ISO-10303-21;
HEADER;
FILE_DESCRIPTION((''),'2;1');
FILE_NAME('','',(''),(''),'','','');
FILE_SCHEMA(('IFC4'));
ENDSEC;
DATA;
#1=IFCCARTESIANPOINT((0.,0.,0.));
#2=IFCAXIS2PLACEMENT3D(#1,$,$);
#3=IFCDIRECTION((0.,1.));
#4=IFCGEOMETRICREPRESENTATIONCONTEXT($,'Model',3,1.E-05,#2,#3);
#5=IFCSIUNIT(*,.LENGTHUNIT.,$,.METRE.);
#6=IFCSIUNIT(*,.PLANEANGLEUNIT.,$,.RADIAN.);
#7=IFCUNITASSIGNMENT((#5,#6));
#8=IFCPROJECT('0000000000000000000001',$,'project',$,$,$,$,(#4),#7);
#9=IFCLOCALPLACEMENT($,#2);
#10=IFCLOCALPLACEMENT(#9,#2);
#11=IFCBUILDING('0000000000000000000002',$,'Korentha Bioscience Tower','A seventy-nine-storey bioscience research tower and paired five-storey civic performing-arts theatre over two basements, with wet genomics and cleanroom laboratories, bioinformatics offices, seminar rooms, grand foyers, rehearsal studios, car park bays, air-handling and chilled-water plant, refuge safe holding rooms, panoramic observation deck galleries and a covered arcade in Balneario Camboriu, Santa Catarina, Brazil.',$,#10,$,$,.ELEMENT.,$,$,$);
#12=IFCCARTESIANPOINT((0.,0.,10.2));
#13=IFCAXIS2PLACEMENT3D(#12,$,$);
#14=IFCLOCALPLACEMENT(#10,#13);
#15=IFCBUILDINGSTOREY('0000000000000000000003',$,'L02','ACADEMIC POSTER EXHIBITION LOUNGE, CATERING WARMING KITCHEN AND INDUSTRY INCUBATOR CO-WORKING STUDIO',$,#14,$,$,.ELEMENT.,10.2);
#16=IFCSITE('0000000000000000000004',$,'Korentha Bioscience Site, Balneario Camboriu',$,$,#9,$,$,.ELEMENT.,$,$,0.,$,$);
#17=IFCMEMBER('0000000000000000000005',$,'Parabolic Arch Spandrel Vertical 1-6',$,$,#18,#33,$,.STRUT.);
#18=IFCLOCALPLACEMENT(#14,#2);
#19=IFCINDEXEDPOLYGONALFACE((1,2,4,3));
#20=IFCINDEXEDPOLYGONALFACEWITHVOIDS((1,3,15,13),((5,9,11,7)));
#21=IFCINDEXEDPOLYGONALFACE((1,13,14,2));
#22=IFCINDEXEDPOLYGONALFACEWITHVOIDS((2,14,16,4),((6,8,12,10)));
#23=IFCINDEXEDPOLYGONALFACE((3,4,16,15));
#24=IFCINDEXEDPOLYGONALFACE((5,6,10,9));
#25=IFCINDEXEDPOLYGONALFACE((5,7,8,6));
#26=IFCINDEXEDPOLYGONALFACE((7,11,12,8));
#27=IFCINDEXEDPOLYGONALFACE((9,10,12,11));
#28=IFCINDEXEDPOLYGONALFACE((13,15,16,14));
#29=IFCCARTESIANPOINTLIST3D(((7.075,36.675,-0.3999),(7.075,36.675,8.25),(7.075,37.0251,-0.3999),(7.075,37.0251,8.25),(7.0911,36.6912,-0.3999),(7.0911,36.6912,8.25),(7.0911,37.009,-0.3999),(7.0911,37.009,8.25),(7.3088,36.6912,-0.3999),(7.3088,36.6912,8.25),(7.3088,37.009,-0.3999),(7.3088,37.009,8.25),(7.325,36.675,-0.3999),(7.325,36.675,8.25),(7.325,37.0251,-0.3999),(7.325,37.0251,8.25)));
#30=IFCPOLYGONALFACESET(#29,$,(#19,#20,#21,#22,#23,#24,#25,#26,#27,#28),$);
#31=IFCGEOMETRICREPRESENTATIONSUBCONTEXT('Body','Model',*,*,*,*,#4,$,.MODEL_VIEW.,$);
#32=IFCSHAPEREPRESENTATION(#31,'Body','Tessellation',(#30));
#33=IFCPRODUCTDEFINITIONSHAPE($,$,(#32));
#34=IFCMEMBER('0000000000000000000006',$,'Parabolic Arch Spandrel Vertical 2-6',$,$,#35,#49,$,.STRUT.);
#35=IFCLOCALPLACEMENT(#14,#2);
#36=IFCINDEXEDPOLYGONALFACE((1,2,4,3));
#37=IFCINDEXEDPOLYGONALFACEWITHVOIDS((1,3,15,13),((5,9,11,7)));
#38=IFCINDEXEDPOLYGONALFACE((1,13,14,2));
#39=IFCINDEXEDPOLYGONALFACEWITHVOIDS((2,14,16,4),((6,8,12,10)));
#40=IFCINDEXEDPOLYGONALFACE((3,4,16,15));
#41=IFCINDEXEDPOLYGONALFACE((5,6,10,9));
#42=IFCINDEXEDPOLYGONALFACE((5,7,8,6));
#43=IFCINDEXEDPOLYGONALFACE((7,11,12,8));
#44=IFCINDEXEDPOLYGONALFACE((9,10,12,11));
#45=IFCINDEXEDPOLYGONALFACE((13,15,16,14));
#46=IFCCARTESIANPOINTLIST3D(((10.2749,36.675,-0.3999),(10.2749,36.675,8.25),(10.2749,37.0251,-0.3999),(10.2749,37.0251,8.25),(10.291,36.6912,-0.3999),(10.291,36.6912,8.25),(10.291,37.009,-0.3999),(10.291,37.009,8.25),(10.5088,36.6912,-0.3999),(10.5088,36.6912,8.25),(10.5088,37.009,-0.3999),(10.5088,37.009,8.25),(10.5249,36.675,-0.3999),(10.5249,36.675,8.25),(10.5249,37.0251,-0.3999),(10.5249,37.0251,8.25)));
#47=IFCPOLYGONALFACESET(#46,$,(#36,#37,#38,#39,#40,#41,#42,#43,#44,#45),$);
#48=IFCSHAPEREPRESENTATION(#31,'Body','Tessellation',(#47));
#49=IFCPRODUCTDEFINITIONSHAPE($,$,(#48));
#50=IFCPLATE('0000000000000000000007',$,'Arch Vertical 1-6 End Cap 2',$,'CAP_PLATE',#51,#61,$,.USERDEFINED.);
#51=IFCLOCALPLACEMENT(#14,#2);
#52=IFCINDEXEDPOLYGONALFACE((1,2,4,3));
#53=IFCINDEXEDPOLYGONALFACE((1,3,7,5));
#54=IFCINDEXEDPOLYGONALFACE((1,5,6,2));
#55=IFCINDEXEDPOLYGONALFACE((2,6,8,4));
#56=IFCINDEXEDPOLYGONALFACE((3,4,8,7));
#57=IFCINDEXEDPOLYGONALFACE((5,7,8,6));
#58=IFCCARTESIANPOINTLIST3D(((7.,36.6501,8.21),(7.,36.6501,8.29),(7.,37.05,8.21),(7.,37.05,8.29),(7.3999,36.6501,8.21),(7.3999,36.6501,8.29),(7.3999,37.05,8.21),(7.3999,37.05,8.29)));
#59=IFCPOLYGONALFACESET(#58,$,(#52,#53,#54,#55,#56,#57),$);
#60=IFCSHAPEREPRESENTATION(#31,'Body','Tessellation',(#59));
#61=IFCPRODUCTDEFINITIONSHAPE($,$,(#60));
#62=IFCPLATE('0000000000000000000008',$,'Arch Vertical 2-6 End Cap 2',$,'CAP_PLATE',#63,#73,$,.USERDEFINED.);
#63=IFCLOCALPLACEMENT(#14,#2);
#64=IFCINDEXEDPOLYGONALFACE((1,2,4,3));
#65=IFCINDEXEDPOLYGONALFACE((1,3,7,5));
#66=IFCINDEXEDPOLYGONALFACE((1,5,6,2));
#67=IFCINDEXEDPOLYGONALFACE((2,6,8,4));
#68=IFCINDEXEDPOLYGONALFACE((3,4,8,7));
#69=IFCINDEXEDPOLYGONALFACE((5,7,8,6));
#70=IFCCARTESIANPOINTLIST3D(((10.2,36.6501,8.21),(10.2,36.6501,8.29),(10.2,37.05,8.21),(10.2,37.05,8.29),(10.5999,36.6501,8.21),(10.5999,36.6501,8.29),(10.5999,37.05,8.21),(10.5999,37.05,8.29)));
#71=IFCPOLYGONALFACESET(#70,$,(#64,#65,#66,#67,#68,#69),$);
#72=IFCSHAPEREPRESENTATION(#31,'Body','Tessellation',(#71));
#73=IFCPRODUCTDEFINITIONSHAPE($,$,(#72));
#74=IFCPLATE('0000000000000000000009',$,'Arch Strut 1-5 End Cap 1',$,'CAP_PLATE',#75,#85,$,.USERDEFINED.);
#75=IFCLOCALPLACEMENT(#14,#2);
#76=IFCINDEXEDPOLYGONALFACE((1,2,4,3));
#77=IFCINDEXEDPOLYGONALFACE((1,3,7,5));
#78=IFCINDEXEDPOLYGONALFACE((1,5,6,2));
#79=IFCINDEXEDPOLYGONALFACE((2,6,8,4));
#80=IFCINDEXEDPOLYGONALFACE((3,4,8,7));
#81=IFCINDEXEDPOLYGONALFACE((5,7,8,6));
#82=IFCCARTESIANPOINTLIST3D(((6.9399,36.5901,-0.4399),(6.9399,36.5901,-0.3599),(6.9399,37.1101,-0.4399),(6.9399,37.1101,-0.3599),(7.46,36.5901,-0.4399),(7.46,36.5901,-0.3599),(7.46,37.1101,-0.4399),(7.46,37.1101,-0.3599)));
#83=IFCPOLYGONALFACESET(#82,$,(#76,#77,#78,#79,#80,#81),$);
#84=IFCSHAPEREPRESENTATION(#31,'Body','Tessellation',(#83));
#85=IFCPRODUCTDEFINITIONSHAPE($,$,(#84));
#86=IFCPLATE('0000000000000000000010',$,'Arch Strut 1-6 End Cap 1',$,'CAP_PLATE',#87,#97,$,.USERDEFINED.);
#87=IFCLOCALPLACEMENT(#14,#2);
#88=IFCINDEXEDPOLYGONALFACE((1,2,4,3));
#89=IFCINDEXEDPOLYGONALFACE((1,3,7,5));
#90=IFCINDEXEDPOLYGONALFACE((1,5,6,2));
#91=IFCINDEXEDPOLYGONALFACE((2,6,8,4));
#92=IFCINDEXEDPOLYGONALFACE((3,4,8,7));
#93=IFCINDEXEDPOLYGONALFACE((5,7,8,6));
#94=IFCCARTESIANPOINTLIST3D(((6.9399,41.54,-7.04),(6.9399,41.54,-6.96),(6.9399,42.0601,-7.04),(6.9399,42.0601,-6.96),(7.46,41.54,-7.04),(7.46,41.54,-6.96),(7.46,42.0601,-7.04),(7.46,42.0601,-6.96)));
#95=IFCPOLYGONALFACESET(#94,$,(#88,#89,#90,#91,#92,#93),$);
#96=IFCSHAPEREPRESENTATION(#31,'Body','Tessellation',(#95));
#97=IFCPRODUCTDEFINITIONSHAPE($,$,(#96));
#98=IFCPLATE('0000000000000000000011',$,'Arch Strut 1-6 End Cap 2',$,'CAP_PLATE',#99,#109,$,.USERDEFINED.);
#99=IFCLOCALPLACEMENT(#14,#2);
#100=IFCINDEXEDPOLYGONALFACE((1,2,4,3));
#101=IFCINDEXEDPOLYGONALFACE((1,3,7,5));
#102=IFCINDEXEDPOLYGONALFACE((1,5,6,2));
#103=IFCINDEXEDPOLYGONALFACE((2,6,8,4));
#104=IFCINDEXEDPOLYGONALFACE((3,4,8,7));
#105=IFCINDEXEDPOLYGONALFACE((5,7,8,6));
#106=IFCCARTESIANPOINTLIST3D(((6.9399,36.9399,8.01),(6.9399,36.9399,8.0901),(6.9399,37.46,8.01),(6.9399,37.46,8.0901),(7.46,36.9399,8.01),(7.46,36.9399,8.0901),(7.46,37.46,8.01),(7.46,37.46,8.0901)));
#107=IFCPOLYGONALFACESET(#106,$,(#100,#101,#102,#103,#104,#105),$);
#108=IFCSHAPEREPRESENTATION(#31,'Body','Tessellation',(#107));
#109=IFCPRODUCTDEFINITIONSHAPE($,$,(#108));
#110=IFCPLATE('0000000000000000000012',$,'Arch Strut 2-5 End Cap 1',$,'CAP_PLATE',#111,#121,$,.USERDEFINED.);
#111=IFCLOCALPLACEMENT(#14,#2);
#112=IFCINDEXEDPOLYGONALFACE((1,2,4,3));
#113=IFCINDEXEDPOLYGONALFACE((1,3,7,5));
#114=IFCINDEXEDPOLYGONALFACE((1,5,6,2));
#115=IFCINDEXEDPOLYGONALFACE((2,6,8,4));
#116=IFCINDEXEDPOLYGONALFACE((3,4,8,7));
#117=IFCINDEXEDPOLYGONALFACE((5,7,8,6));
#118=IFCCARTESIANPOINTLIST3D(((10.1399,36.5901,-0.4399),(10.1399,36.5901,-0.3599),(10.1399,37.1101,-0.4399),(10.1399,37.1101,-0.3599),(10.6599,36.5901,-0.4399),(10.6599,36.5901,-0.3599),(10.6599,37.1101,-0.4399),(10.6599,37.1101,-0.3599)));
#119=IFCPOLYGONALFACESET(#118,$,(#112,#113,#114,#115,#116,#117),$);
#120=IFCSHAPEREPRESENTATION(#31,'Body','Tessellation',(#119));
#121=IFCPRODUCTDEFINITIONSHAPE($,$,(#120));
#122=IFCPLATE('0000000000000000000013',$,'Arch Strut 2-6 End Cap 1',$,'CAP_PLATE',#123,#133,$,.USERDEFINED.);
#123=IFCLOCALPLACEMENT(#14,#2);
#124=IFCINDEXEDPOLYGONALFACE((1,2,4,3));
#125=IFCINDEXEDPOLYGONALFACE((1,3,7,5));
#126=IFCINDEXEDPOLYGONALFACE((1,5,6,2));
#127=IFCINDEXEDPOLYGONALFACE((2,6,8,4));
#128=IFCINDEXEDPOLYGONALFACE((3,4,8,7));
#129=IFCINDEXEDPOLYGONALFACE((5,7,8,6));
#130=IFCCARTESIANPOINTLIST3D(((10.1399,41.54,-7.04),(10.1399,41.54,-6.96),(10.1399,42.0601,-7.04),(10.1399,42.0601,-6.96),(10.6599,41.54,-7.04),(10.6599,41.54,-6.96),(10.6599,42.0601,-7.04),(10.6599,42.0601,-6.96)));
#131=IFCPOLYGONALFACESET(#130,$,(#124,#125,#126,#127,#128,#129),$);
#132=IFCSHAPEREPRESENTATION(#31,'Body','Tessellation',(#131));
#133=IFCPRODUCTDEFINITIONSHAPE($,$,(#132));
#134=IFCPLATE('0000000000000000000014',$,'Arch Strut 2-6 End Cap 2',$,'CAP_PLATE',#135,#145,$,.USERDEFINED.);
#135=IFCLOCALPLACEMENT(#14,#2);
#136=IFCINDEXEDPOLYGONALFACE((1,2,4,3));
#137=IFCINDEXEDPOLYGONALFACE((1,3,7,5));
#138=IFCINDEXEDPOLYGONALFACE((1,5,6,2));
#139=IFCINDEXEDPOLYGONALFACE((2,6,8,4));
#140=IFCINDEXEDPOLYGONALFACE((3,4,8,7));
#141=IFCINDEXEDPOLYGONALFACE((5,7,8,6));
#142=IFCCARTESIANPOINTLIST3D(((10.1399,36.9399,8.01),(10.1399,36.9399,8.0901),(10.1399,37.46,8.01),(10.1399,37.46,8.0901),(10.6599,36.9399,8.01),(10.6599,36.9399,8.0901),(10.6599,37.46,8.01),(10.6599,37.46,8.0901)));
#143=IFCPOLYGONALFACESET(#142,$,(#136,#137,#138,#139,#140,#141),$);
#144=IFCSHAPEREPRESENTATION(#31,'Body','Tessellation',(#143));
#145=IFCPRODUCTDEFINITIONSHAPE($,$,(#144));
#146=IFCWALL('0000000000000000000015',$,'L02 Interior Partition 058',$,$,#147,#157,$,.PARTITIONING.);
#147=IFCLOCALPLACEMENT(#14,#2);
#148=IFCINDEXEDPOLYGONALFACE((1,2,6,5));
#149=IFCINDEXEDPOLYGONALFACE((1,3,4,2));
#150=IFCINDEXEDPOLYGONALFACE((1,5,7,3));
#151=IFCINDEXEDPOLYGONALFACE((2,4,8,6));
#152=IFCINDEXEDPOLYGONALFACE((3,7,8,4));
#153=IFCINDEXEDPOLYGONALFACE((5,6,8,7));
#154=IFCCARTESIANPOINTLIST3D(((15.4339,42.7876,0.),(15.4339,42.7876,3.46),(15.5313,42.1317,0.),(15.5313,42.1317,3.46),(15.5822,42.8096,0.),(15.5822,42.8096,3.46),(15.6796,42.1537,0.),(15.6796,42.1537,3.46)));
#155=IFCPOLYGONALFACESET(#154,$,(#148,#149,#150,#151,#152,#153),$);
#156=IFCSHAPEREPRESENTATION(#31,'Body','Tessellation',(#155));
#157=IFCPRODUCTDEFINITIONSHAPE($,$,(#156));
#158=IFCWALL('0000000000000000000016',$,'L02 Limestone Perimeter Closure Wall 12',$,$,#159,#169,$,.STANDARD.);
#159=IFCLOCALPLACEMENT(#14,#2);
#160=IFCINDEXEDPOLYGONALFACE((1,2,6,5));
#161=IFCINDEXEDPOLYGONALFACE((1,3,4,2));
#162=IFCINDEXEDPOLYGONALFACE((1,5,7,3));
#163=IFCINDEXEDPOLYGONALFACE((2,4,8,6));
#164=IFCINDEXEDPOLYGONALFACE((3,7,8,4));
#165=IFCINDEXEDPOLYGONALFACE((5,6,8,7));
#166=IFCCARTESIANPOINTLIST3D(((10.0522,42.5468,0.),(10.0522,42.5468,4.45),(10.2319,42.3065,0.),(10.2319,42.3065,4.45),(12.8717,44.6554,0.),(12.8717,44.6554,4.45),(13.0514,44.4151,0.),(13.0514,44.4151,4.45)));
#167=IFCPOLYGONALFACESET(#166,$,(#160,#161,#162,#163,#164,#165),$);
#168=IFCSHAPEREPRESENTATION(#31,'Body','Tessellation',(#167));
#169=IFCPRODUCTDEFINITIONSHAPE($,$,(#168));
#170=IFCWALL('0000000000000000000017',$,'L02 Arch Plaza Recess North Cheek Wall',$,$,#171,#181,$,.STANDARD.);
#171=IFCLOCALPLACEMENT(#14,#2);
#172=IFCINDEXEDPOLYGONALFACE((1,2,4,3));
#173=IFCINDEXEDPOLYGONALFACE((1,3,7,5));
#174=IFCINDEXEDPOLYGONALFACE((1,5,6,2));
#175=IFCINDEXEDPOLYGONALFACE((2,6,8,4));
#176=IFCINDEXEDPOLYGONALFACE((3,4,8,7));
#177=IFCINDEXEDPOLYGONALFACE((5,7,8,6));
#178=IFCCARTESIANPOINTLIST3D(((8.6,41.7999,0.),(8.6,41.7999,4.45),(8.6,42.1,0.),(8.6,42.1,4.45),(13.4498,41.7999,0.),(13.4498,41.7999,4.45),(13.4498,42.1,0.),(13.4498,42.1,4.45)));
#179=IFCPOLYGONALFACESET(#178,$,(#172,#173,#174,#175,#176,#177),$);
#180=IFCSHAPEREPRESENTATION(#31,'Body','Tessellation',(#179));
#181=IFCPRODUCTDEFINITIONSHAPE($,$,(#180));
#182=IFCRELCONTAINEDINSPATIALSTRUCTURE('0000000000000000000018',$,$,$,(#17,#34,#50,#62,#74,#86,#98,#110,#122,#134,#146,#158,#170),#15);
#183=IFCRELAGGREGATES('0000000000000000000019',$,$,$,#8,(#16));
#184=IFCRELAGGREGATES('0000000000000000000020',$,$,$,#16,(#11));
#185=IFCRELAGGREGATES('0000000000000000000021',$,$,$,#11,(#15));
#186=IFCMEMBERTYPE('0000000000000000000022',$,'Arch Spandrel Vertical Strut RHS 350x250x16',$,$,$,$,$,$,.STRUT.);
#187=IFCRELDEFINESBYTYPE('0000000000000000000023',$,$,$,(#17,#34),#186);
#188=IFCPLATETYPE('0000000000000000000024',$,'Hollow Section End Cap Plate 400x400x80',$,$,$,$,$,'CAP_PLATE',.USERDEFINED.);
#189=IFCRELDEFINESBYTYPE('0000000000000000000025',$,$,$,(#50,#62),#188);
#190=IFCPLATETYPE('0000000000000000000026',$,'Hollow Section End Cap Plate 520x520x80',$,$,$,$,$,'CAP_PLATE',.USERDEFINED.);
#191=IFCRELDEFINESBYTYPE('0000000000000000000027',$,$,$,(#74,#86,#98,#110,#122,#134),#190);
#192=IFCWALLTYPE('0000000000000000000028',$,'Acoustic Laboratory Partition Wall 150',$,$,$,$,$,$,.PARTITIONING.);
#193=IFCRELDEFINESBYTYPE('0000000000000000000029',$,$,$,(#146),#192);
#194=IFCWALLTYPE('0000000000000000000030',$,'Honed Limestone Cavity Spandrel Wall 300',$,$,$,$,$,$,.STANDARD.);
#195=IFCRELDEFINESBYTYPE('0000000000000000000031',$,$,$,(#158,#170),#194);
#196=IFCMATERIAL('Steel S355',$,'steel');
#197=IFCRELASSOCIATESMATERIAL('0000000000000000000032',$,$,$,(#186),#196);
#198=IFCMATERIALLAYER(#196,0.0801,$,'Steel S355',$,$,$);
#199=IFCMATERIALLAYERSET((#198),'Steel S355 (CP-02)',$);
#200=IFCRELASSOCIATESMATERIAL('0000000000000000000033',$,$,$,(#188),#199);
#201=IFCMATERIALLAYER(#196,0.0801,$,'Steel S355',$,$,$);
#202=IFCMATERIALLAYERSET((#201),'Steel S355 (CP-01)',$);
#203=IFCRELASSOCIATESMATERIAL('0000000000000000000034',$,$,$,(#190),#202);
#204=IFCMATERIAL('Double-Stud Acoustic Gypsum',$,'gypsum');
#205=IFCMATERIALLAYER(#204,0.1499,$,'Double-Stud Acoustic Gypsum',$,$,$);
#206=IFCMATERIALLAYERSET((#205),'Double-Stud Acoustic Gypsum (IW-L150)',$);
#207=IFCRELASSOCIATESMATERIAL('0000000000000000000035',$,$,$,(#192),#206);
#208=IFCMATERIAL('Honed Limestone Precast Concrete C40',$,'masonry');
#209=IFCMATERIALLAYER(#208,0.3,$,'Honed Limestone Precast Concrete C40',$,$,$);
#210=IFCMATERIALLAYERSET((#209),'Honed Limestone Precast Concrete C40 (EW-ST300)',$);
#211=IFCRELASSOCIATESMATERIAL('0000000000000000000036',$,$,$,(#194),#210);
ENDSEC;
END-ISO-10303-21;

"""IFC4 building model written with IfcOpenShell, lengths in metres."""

from ifc_helpers import new_model, si_unit, direction, frame, frame_2d, origin, origin_2d, place, context, subcontext, project, spatial, rectangle, hollow_rectangle, extrude, material, layer, layer_set, material_profile, profile_set, type_object, element, save


model = new_model("IFC4")

# Units and contexts
model_context = context("Model", 3, precision=1e-05, world=origin(), true_north=direction((0.0, 1.0)))
body_context = subcontext(model_context, "Body", "Model", "MODEL_VIEW")
ifc_project = project(units=[si_unit("LENGTHUNIT", "METRE"), si_unit("PLANEANGLEUNIT", "RADIAN")], contexts=[model_context])

# Site, building, storey
site_placement = place(None, origin())
site = spatial("IfcSite", under=ifc_project, at=site_placement, Name="Korentha Bioscience Site, Balneario Camboriu", CompositionType="ELEMENT", RefElevation=0.0)
building_placement = place(site_placement, origin())
building = spatial("IfcBuilding", under=site, at=building_placement, Name="Korentha Bioscience Tower", Description="A seventy-nine-storey bioscience research tower and paired five-storey civic performing-arts theatre over two basements, with wet genomics and cleanroom laboratories, bioinformatics offices, seminar rooms, grand foyers, rehearsal studios, car park bays, air-handling and chilled-water plant, refuge safe holding rooms, panoramic observation deck galleries and a covered arcade in Balneario Camboriu, Santa Catarina, Brazil.", CompositionType="ELEMENT")
storey_placement = place(building_placement, frame((0.0, 0.0, 10.2)))
storey = spatial("IfcBuildingStorey", under=building, at=storey_placement, Name="L02", Description="ACADEMIC POSTER EXHIBITION LOUNGE, CATERING WARMING KITCHEN AND INDUSTRY INCUBATOR CO-WORKING STUDIO", CompositionType="ELEMENT", Elevation=10.2)

# Members
ifc_material_1 = material(Name="Steel S355", Category="steel")
ifc_material_profile_1 = material_profile(ifc_material_1, hollow_rectangle(XDim=0.25, YDim=0.3501, WallThickness=0.0161, at=origin_2d()), Name="Steel S355")
ifc_profile_set_1 = profile_set([ifc_material_profile_1], Name="Steel S355 (BT-P350)")
member_type_1 = type_object("IfcMemberType", Name="Arch Spandrel Vertical Strut RHS 350x250x16", PredefinedType="STRUT", material=ifc_profile_set_1)
for number, where, z_axis, x_axis, name in (
    (1, (7.2, 36.8501, -0.3999), (0.0, 0.0, 1.0), (1.0, 0.0, 0.0), "Parabolic Arch Spandrel Vertical 1-6"),
    (2, (10.3999, 36.8501, -0.3999), (0.0, 0.0, 1.0), (1.0, 0.0, 0.0), "Parabolic Arch Spandrel Vertical 2-6"),
):
    element("IfcMember", number, at=place(storey_placement, frame(where, z_axis=z_axis, x_axis=x_axis)), inside=storey, type_object=member_type_1, Name=name, PredefinedType="STRUT", context=body_context, shape_type="SweptSolid", body=[
        extrude(hollow_rectangle(XDim=0.25, YDim=0.3501, WallThickness=0.0161, at=origin_2d()), origin(), (0.0, 0.0, 1.0), 8.6499),
    ])

# Plates
ifc_layer_1 = layer(ifc_material_1, 0.0801, Name="Steel S355")
ifc_layer_set_1 = layer_set([ifc_layer_1], Name="Steel S355 (CP-02)")
plate_type_1 = type_object("IfcPlateType", Name="Hollow Section End Cap Plate 400x400x80", ElementType="CAP_PLATE", PredefinedType="USERDEFINED", material=ifc_layer_set_1)
for number, where, z_axis, x_axis, name in (
    (3, (7.2, 36.8501, 8.21), (0.0, 0.0, 1.0), (1.0, 0.0, 0.0), "Arch Vertical 1-6 End Cap 2"),
    (4, (10.3999, 36.8501, 8.21), (0.0, 0.0, 1.0), (1.0, 0.0, 0.0), "Arch Vertical 2-6 End Cap 2"),
):
    element("IfcPlate", number, at=place(storey_placement, frame(where, z_axis=z_axis, x_axis=x_axis)), inside=storey, type_object=plate_type_1, Name=name, ObjectType="CAP_PLATE", PredefinedType="USERDEFINED", context=body_context, shape_type="SweptSolid", body=[
        extrude(rectangle(XDim=0.3999, YDim=0.3999, at=origin_2d()), origin(), (0.0, 0.0, 1.0), 0.0801),
    ])
ifc_layer_2 = layer(ifc_material_1, 0.0801, Name="Steel S355")
ifc_layer_set_2 = layer_set([ifc_layer_2], Name="Steel S355 (CP-01)")
plate_type_2 = type_object("IfcPlateType", Name="Hollow Section End Cap Plate 520x520x80", ElementType="CAP_PLATE", PredefinedType="USERDEFINED", material=ifc_layer_set_2)
for number, where, z_axis, x_axis, name in (
    (5, (7.2, 36.8501, -0.4399), (0.0, 0.0, 1.0), (0.0, 1.0, 0.0), "Arch Strut 1-5 End Cap 1"),
    (6, (7.2, 41.8, -7.04), (0.0, 0.0, 1.0), (0.0, 1.0, 0.0), "Arch Strut 1-6 End Cap 1"),
    (7, (7.2, 37.2, 8.01), (0.0, 0.0, 1.0), (0.0, 1.0, 0.0), "Arch Strut 1-6 End Cap 2"),
    (8, (10.3999, 36.8501, -0.4399), (0.0, 0.0, 1.0), (0.0, 1.0, 0.0), "Arch Strut 2-5 End Cap 1"),
    (9, (10.3999, 41.8, -7.04), (0.0, 0.0, 1.0), (0.0, 1.0, 0.0), "Arch Strut 2-6 End Cap 1"),
    (10, (10.3999, 37.2, 8.01), (0.0, 0.0, 1.0), (0.0, 1.0, 0.0), "Arch Strut 2-6 End Cap 2"),
):
    element("IfcPlate", number, at=place(storey_placement, frame(where, z_axis=z_axis, x_axis=x_axis)), inside=storey, type_object=plate_type_2, Name=name, ObjectType="CAP_PLATE", PredefinedType="USERDEFINED", context=body_context, shape_type="SweptSolid", body=[
        extrude(rectangle(XDim=0.52, YDim=0.52, at=origin_2d()), origin(), (0.0, 0.0, 1.0), 0.0801),
    ])

# Walls
ifc_material_2 = material(Name="Double-Stud Acoustic Gypsum", Category="gypsum")
ifc_layer_3 = layer(ifc_material_2, 0.1499, Name="Double-Stud Acoustic Gypsum")
ifc_layer_set_3 = layer_set([ifc_layer_3], Name="Double-Stud Acoustic Gypsum (IW-L150)")
wall_type_1 = type_object("IfcWallType", Name="Acoustic Laboratory Partition Wall 150", PredefinedType="PARTITIONING", material=ifc_layer_set_3)
wall_1_placement = place(storey_placement, frame((15.5081, 42.7986, 0.0), z_axis=(0.0, 0.0, 1.0), x_axis=(0.146882, -0.989154, 0.0)))
element("IfcWall", 11, at=wall_1_placement, inside=storey, type_object=wall_type_1, Name="L02 Interior Partition 058", PredefinedType="PARTITIONING", context=body_context, shape_type="SweptSolid", body=[
    extrude(rectangle(XDim=0.6631, YDim=0.1499, at=frame_2d((0.3315, 0.0))), origin(), (0.0, 0.0, 1.0), 3.46),
])
ifc_material_3 = material(Name="Honed Limestone Precast Concrete C40", Category="masonry")
ifc_layer_4 = layer(ifc_material_3, 0.3, Name="Honed Limestone Precast Concrete C40")
ifc_layer_set_4 = layer_set([ifc_layer_4], Name="Honed Limestone Precast Concrete C40 (EW-ST300)")
wall_type_2 = type_object("IfcWallType", Name="Honed Limestone Cavity Spandrel Wall 300", PredefinedType="STANDARD", material=ifc_layer_set_4)
wall_2_placement = place(storey_placement, frame((12.9614, 44.5352, 0.0), z_axis=(0.0, 0.0, 1.0), x_axis=(-0.800823, -0.598901, 0.0)))
element("IfcWall", 12, at=wall_2_placement, inside=storey, type_object=wall_type_2, Name="L02 Limestone Perimeter Closure Wall 12", PredefinedType="STANDARD", context=body_context, shape_type="SweptSolid", body=[
    extrude(rectangle(XDim=3.5208, YDim=0.3, at=frame_2d((1.7603, 0.0))), origin(), (0.0, 0.0, 1.0), 4.45),
])
wall_3_placement = place(storey_placement, frame((8.6001, 41.95, 0.0), z_axis=(0.0, 0.0, 1.0), x_axis=(1.0, 0.0, 0.0)))
element("IfcWall", 13, at=wall_3_placement, inside=storey, type_object=wall_type_2, Name="L02 Arch Plaza Recess North Cheek Wall", PredefinedType="STANDARD", context=body_context, shape_type="SweptSolid", body=[
    extrude(rectangle(XDim=4.8499, YDim=0.3, at=frame_2d((2.4248, 0.0))), origin(), (0.0, 0.0, 1.0), 4.45),
])

save(model, "model.ifc")
